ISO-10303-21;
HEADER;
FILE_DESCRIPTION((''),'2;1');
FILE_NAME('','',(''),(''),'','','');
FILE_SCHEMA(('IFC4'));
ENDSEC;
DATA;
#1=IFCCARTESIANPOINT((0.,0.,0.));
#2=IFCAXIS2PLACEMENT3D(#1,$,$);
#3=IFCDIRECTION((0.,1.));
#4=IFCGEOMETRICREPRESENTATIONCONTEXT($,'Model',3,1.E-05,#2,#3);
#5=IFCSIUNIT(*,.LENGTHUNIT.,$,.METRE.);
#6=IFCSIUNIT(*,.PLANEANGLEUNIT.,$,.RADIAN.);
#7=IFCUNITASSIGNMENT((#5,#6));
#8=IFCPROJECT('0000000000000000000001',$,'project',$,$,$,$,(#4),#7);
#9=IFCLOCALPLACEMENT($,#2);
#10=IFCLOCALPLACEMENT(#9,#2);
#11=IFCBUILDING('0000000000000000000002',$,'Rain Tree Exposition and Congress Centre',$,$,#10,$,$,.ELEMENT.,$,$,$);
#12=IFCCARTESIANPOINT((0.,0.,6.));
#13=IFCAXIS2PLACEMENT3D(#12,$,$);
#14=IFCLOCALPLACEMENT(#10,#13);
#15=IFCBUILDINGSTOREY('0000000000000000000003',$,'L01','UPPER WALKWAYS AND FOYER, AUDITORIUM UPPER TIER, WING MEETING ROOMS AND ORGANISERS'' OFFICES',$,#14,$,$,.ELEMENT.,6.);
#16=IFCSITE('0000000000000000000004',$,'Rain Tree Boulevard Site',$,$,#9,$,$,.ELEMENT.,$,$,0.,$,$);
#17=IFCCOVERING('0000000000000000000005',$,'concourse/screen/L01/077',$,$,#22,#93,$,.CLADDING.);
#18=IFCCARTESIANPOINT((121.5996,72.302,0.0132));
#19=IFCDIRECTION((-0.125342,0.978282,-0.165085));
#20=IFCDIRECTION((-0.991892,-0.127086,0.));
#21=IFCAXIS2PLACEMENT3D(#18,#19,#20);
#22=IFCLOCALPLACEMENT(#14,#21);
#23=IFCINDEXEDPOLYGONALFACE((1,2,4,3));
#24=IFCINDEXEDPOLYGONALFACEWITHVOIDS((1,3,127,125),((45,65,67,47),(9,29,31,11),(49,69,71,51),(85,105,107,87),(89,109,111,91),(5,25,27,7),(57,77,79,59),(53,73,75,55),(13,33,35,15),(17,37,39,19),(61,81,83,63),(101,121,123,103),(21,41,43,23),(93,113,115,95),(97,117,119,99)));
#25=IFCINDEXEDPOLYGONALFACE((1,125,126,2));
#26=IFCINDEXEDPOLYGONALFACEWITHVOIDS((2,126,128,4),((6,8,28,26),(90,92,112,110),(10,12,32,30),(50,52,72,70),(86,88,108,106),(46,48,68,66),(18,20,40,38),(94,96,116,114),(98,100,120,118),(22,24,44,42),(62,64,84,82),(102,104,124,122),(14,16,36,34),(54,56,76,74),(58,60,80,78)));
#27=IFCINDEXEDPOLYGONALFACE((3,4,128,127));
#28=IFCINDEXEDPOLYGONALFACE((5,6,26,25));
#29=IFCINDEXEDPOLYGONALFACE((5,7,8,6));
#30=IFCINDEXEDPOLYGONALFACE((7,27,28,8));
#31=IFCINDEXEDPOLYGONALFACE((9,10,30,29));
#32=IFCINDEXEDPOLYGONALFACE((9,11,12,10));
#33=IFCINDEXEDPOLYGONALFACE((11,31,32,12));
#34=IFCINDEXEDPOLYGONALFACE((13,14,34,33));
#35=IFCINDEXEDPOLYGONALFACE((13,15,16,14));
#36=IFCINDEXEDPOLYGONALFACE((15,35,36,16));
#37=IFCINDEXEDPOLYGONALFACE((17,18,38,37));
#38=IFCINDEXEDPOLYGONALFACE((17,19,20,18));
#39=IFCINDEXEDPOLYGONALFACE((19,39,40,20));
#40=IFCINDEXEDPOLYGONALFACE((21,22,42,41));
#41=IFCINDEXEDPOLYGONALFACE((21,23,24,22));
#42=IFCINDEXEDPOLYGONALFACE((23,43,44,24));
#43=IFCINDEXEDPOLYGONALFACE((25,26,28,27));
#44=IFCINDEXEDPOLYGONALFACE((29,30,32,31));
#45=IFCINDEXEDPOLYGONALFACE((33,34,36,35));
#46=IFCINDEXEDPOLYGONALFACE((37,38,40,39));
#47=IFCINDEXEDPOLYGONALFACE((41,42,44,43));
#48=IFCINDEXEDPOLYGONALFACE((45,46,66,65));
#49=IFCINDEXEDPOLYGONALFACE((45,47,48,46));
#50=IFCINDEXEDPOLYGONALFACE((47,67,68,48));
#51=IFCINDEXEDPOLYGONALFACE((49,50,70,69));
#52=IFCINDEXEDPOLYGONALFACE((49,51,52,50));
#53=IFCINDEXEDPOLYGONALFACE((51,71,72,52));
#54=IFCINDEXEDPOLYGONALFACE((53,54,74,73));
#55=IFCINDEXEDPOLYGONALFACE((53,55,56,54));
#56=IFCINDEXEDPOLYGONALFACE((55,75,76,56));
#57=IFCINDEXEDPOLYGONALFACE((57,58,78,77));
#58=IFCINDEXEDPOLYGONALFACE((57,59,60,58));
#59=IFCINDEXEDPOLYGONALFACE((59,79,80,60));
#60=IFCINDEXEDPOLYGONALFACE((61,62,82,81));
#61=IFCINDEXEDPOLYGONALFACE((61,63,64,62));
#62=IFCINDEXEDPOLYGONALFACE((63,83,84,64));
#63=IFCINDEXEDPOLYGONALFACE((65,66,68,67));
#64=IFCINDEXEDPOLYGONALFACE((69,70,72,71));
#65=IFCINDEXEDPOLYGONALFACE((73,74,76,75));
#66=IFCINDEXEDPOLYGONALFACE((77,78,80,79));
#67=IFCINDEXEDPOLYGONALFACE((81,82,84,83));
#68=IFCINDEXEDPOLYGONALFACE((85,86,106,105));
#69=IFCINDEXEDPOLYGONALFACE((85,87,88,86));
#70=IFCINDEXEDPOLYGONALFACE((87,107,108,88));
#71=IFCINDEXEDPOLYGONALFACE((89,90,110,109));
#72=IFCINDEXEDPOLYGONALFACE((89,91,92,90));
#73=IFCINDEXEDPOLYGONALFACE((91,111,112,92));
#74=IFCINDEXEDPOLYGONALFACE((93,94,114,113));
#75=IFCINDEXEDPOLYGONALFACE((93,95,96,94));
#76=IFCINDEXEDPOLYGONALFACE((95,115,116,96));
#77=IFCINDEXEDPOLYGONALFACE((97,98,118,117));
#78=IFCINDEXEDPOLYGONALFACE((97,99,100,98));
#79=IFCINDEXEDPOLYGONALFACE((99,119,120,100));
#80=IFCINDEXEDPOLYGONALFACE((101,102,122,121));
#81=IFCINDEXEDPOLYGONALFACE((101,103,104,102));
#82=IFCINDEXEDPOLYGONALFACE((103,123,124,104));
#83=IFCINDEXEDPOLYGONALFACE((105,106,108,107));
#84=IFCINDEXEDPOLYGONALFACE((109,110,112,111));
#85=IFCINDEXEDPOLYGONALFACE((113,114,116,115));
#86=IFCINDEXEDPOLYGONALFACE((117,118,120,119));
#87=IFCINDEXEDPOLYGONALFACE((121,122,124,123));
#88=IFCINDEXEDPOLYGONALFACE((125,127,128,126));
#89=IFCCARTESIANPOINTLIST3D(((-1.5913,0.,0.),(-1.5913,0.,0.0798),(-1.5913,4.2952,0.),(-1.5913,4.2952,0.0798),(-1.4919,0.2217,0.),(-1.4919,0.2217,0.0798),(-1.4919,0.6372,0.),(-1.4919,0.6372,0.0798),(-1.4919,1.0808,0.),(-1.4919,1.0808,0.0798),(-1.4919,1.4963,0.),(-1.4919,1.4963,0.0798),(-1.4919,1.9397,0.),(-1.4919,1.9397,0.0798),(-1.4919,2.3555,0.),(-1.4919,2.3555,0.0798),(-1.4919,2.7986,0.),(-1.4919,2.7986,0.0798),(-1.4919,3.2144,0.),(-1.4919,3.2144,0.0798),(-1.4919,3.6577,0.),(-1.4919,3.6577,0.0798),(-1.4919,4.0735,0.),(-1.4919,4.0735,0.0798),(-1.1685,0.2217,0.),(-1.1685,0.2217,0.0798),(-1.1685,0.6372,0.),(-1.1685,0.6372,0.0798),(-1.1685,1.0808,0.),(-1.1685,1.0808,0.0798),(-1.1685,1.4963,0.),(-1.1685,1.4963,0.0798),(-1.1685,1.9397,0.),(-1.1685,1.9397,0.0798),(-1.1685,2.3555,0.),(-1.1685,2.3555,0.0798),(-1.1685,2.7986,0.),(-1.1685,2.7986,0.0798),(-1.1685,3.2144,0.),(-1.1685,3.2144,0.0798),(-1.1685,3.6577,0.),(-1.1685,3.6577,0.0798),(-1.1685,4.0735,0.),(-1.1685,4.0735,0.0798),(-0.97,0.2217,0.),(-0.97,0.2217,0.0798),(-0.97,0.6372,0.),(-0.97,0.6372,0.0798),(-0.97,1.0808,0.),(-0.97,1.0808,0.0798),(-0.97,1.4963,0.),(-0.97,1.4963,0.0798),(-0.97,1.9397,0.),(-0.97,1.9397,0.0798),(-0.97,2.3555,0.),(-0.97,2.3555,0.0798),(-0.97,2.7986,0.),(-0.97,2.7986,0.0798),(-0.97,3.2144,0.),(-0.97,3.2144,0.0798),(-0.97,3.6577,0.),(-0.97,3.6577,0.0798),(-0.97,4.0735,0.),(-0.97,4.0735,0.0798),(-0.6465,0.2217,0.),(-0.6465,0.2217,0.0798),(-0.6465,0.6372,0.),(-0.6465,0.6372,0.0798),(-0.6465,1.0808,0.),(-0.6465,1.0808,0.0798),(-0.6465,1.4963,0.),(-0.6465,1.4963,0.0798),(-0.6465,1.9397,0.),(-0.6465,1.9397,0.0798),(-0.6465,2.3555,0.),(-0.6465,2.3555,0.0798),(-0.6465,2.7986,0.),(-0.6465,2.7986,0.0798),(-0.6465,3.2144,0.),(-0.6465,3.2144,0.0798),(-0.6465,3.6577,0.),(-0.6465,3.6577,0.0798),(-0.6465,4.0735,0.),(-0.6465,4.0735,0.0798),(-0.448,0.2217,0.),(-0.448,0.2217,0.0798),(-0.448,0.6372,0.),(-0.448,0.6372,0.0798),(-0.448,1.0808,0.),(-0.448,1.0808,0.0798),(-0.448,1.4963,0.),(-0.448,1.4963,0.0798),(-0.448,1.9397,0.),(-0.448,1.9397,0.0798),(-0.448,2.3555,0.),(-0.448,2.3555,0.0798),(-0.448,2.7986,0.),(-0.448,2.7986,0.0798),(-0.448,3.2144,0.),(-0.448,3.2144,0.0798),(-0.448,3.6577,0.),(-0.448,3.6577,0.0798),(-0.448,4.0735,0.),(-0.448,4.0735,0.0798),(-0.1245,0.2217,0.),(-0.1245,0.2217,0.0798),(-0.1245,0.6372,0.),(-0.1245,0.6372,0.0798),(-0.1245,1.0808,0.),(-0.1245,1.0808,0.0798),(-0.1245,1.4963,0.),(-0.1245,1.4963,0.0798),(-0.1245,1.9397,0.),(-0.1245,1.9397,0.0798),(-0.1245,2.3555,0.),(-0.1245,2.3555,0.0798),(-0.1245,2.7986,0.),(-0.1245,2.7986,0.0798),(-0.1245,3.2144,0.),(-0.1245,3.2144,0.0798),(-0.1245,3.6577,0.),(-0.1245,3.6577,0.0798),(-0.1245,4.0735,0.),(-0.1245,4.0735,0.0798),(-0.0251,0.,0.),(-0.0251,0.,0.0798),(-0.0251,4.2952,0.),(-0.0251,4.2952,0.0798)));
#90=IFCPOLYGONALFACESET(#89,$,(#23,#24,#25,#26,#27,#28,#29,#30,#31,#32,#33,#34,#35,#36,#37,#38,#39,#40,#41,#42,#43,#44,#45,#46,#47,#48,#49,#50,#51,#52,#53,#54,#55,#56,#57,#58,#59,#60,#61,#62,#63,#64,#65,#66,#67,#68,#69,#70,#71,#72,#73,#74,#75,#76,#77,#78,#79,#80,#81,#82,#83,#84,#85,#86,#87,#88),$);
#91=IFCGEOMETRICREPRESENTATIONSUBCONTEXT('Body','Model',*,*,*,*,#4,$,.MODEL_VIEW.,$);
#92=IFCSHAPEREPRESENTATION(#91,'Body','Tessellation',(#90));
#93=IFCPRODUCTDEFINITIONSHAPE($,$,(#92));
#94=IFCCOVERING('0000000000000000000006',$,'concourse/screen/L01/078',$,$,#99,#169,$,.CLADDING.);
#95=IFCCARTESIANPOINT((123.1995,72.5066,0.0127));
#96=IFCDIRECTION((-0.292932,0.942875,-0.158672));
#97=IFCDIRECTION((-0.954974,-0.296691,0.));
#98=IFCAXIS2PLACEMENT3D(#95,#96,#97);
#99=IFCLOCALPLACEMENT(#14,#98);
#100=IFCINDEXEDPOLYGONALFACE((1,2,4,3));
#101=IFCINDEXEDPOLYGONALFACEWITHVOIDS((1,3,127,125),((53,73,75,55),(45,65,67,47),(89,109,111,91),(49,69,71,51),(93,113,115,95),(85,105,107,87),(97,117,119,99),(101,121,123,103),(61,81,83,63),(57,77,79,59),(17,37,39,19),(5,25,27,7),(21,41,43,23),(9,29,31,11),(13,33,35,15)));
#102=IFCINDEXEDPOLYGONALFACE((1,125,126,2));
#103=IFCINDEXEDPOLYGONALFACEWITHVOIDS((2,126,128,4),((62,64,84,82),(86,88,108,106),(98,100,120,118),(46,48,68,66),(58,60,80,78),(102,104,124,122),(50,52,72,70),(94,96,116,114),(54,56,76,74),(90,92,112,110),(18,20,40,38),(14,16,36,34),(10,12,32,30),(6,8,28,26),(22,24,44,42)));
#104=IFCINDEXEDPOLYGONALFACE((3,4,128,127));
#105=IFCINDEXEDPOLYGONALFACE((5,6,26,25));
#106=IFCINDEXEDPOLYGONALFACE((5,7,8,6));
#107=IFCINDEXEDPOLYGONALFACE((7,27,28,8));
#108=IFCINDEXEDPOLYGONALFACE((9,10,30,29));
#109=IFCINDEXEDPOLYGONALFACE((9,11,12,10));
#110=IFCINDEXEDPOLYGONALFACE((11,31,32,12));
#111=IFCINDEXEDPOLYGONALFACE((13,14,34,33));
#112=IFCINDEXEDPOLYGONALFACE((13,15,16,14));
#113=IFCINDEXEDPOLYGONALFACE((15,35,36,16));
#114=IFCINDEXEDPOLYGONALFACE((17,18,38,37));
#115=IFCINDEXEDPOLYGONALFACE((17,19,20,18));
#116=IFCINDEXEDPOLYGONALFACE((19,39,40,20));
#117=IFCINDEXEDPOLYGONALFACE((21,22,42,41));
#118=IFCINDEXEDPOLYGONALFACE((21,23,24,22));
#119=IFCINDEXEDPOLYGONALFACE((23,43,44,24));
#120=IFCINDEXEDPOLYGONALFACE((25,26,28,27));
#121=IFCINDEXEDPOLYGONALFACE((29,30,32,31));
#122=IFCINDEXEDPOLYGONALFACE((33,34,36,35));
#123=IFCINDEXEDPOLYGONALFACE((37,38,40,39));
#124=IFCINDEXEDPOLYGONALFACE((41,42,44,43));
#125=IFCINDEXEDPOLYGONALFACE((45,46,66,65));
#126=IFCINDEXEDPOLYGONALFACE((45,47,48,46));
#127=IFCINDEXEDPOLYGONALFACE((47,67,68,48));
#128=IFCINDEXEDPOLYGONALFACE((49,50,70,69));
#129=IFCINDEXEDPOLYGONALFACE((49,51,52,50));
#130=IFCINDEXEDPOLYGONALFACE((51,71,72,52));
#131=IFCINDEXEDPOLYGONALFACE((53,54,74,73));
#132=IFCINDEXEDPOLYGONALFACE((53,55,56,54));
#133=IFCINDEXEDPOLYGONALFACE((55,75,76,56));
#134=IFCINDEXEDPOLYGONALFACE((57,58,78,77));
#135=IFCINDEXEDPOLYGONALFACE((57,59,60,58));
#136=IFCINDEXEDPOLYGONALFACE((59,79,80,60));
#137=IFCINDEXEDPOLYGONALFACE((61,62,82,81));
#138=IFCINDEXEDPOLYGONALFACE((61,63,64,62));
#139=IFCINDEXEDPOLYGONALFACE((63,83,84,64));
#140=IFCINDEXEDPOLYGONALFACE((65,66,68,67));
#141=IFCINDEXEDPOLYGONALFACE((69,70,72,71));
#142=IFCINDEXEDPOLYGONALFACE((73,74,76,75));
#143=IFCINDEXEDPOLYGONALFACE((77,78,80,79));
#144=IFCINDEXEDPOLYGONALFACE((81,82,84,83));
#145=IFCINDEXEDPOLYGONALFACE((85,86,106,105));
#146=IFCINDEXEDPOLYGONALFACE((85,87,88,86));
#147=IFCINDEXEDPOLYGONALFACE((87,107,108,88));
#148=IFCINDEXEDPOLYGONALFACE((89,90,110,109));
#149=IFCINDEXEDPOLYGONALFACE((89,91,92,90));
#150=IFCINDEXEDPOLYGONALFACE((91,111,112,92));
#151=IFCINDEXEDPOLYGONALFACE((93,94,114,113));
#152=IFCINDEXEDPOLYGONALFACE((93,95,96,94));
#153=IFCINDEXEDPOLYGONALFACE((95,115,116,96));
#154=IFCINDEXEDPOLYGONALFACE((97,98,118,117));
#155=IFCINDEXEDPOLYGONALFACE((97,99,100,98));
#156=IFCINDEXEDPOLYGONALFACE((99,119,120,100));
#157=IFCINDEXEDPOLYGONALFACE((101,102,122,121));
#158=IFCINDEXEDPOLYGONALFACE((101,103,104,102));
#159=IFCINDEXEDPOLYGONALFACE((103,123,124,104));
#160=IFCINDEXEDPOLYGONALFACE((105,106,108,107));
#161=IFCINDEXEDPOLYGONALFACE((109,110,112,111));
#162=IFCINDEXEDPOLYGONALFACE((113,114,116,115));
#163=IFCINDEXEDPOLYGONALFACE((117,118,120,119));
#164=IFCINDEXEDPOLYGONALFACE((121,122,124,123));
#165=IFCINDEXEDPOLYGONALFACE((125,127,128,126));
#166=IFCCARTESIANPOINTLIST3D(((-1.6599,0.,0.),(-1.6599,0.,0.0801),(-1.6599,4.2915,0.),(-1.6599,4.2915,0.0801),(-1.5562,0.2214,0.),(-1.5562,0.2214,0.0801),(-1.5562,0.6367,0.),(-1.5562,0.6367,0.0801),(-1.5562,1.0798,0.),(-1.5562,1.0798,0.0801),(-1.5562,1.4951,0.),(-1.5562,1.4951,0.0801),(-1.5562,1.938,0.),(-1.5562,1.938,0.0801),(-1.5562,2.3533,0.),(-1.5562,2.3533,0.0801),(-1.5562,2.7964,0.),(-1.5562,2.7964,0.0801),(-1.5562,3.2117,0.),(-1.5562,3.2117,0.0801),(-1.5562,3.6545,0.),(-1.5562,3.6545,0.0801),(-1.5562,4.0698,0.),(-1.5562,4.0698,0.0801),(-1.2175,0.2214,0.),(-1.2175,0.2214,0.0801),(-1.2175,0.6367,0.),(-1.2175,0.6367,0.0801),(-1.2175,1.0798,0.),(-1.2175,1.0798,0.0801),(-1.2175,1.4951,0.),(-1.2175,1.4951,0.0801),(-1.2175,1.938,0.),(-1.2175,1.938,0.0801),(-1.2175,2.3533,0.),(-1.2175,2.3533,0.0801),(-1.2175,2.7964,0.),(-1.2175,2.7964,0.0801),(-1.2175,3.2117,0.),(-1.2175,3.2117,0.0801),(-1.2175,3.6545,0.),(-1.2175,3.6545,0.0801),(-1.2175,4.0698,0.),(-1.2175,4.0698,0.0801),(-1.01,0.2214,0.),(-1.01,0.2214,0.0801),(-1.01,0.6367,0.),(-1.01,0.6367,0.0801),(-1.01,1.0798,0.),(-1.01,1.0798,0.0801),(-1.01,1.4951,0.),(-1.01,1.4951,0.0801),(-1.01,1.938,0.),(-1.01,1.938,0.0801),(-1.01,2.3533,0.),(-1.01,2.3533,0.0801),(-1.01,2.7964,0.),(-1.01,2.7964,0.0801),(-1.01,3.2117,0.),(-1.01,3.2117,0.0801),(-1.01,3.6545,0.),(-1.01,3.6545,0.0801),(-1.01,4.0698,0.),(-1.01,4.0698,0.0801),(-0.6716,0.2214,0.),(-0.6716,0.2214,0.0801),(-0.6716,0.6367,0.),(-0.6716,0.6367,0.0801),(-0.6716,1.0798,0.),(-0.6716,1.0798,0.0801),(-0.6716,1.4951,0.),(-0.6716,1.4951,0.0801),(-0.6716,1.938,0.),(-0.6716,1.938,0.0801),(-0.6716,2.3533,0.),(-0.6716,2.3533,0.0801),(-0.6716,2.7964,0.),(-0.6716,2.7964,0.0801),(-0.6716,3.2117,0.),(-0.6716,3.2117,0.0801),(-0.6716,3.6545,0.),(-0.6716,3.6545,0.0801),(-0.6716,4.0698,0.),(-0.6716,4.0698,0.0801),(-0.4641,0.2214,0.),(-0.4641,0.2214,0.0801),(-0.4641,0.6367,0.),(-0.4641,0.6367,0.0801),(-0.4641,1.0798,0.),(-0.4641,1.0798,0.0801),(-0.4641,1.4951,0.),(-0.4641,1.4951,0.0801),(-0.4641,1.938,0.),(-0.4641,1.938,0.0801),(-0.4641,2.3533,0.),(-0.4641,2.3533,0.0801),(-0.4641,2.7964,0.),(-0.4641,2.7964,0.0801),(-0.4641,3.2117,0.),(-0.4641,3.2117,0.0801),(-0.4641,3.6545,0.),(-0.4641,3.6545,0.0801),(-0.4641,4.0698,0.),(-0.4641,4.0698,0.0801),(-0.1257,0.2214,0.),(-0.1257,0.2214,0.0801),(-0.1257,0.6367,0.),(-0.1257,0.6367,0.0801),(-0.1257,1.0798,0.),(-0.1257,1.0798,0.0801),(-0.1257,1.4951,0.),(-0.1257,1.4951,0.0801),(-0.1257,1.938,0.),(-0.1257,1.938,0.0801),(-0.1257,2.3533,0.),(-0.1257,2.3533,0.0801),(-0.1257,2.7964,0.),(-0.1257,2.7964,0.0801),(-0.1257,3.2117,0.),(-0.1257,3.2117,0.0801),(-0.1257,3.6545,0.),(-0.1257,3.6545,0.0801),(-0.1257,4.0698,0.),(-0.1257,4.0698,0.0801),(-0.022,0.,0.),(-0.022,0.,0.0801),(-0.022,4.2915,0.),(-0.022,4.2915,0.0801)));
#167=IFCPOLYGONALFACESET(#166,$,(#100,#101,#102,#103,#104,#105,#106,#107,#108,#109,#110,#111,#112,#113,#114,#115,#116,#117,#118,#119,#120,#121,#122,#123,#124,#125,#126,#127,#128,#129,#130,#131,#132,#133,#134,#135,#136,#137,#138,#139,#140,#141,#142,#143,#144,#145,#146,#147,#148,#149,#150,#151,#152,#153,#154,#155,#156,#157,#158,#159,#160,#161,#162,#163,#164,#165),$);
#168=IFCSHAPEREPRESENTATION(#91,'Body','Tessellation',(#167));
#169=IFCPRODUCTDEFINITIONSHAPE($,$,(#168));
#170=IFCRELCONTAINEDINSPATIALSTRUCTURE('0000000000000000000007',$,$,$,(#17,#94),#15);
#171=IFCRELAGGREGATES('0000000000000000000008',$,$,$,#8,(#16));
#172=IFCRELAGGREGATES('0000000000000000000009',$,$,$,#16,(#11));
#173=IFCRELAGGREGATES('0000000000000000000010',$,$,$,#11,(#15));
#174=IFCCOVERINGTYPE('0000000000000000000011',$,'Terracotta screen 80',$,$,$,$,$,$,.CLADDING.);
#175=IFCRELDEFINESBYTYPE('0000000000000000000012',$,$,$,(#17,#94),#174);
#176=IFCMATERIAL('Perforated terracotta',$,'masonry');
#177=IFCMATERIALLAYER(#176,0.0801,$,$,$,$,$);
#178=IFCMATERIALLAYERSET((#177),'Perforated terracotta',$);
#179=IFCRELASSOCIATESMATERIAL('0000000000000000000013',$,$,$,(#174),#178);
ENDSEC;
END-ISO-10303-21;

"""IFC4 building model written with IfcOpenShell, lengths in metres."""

from ifc_helpers import new_model, si_unit, direction, frame, origin, place, context, subcontext, project, spatial, polyline, outline, extrude, material, layer, layer_set, type_object, element, save


model = new_model("IFC4")

# Units and contexts
model_context = context("Model", 3, precision=1e-05, world=origin(), true_north=direction((0.0, 1.0)))
body_context = subcontext(model_context, "Body", "Model", "MODEL_VIEW")
ifc_project = project(units=[si_unit("LENGTHUNIT", "METRE"), si_unit("PLANEANGLEUNIT", "RADIAN")], contexts=[model_context])

# Site, building, storey
site_placement = place(None, origin())
site = spatial("IfcSite", under=ifc_project, at=site_placement, Name="Rain Tree Boulevard Site", CompositionType="ELEMENT", RefElevation=0.0)
building_placement = place(site_placement, origin())
building = spatial("IfcBuilding", under=site, at=building_placement, Name="Rain Tree Exposition and Congress Centre", CompositionType="ELEMENT")
storey_placement = place(building_placement, frame((0.0, 0.0, 6.0)))
storey = spatial("IfcBuildingStorey", under=building, at=storey_placement, Name="L01", Description="UPPER WALKWAYS AND FOYER, AUDITORIUM UPPER TIER, WING MEETING ROOMS AND ORGANISERS' OFFICES", CompositionType="ELEMENT", Elevation=6.0)

# Coverings
ifc_material_1 = material(Name="Perforated terracotta", Category="masonry")
ifc_layer_1 = layer(ifc_material_1, 0.0801)
ifc_layer_set_1 = layer_set([ifc_layer_1], Name="Perforated terracotta")
covering_type = type_object("IfcCoveringType", Name="Terracotta screen 80", PredefinedType="CLADDING", material=ifc_layer_set_1)
covering_1_placement = place(storey_placement, frame((121.5996, 72.302, 0.0132), z_axis=(-0.125342, 0.978282, -0.165085), x_axis=(-0.991892, -0.127086, 0.0)))
element("IfcCovering", 1, at=covering_1_placement, inside=storey, type_object=covering_type, Name="concourse/screen/L01/077", PredefinedType="CLADDING", context=body_context, shape_type="SweptSolid", body=[
    extrude(outline(polyline([(-1.5913, 0.0), (-1.5913, 4.2952), (-0.0251, 4.2952), (-0.0251, 0.0), (-1.5913, 0.0)]), holes=[polyline([(-0.1245, 0.2217), (-0.1245, 0.6372), (-0.448, 0.6372), (-0.448, 0.2217), (-0.1245, 0.2217)]), polyline([(-0.1245, 1.0808), (-0.1245, 1.4963), (-0.448, 1.4963), (-0.448, 1.0808), (-0.1245, 1.0808)]), polyline([(-0.1245, 1.9397), (-0.1245, 2.3555), (-0.448, 2.3555), (-0.448, 1.9397), (-0.1245, 1.9397)]), polyline([(-0.1245, 2.7986), (-0.1245, 3.2144), (-0.448, 3.2144), (-0.448, 2.7986), (-0.1245, 2.7986)]), polyline([(-0.1245, 3.6577), (-0.1245, 4.0735), (-0.448, 4.0735), (-0.448, 3.6577), (-0.1245, 3.6577)]), polyline([(-0.6465, 0.2217), (-0.6465, 0.6372), (-0.97, 0.6372), (-0.97, 0.2217), (-0.6465, 0.2217)]), polyline([(-0.6465, 1.0808), (-0.6465, 1.4963), (-0.97, 1.4963), (-0.97, 1.0808), (-0.6465, 1.0808)]), polyline([(-0.6465, 1.9397), (-0.6465, 2.3555), (-0.97, 2.3555), (-0.97, 1.9397), (-0.6465, 1.9397)]), polyline([(-0.6465, 2.7986), (-0.6465, 3.2144), (-0.97, 3.2144), (-0.97, 2.7986), (-0.6465, 2.7986)]), polyline([(-0.6465, 3.6577), (-0.6465, 4.0735), (-0.97, 4.0735), (-0.97, 3.6577), (-0.6465, 3.6577)]), polyline([(-1.1685, 0.2217), (-1.1685, 0.6372), (-1.4919, 0.6372), (-1.4919, 0.2217), (-1.1685, 0.2217)]), polyline([(-1.1685, 1.0808), (-1.1685, 1.4963), (-1.4919, 1.4963), (-1.4919, 1.0808), (-1.1685, 1.0808)]), polyline([(-1.1685, 1.9397), (-1.1685, 2.3555), (-1.4919, 2.3555), (-1.4919, 1.9397), (-1.1685, 1.9397)]), polyline([(-1.1685, 2.7986), (-1.1685, 3.2144), (-1.4919, 3.2144), (-1.4919, 2.7986), (-1.1685, 2.7986)]), polyline([(-1.1685, 3.6577), (-1.1685, 4.0735), (-1.4919, 4.0735), (-1.4919, 3.6577), (-1.1685, 3.6577)])]), origin(), (0.0, 0.0, 1.0), 0.0798),
])
covering_2_placement = place(storey_placement, frame((123.1995, 72.5066, 0.0127), z_axis=(-0.292932, 0.942875, -0.158672), x_axis=(-0.954974, -0.296691, 0.0)))
element("IfcCovering", 2, at=covering_2_placement, inside=storey, type_object=covering_type, Name="concourse/screen/L01/078", PredefinedType="CLADDING", context=body_context, shape_type="SweptSolid", body=[
    extrude(outline(polyline([(-1.6599, 0.0), (-1.6599, 4.2915), (-0.022, 4.2915), (-0.022, 0.0), (-1.6599, 0.0)]), holes=[polyline([(-0.1257, 0.2214), (-0.1257, 0.6367), (-0.4641, 0.6367), (-0.4641, 0.2214), (-0.1257, 0.2214)]), polyline([(-0.1257, 1.0798), (-0.1257, 1.4951), (-0.4641, 1.4951), (-0.4641, 1.0798), (-0.1257, 1.0798)]), polyline([(-0.1257, 1.938), (-0.1257, 2.3533), (-0.4641, 2.3533), (-0.4641, 1.938), (-0.1257, 1.938)]), polyline([(-0.1257, 2.7964), (-0.1257, 3.2117), (-0.4641, 3.2117), (-0.4641, 2.7964), (-0.1257, 2.7964)]), polyline([(-0.1257, 3.6545), (-0.1257, 4.0698), (-0.4641, 4.0698), (-0.4641, 3.6545), (-0.1257, 3.6545)]), polyline([(-0.6716, 0.2214), (-0.6716, 0.6367), (-1.01, 0.6367), (-1.01, 0.2214), (-0.6716, 0.2214)]), polyline([(-0.6716, 1.0798), (-0.6716, 1.4951), (-1.01, 1.4951), (-1.01, 1.0798), (-0.6716, 1.0798)]), polyline([(-0.6716, 1.938), (-0.6716, 2.3533), (-1.01, 2.3533), (-1.01, 1.938), (-0.6716, 1.938)]), polyline([(-0.6716, 2.7964), (-0.6716, 3.2117), (-1.01, 3.2117), (-1.01, 2.7964), (-0.6716, 2.7964)]), polyline([(-0.6716, 3.6545), (-0.6716, 4.0698), (-1.01, 4.0698), (-1.01, 3.6545), (-0.6716, 3.6545)]), polyline([(-1.2175, 0.2214), (-1.2175, 0.6367), (-1.5562, 0.6367), (-1.5562, 0.2214), (-1.2175, 0.2214)]), polyline([(-1.2175, 1.0798), (-1.2175, 1.4951), (-1.5562, 1.4951), (-1.5562, 1.0798), (-1.2175, 1.0798)]), polyline([(-1.2175, 1.938), (-1.2175, 2.3533), (-1.5562, 2.3533), (-1.5562, 1.938), (-1.2175, 1.938)]), polyline([(-1.2175, 2.7964), (-1.2175, 3.2117), (-1.5562, 3.2117), (-1.5562, 2.7964), (-1.2175, 2.7964)]), polyline([(-1.2175, 3.6545), (-1.2175, 4.0698), (-1.5562, 4.0698), (-1.5562, 3.6545), (-1.2175, 3.6545)])]), origin(), (0.0, 0.0, 1.0), 0.0801),
])

save(model, "model.ifc")
